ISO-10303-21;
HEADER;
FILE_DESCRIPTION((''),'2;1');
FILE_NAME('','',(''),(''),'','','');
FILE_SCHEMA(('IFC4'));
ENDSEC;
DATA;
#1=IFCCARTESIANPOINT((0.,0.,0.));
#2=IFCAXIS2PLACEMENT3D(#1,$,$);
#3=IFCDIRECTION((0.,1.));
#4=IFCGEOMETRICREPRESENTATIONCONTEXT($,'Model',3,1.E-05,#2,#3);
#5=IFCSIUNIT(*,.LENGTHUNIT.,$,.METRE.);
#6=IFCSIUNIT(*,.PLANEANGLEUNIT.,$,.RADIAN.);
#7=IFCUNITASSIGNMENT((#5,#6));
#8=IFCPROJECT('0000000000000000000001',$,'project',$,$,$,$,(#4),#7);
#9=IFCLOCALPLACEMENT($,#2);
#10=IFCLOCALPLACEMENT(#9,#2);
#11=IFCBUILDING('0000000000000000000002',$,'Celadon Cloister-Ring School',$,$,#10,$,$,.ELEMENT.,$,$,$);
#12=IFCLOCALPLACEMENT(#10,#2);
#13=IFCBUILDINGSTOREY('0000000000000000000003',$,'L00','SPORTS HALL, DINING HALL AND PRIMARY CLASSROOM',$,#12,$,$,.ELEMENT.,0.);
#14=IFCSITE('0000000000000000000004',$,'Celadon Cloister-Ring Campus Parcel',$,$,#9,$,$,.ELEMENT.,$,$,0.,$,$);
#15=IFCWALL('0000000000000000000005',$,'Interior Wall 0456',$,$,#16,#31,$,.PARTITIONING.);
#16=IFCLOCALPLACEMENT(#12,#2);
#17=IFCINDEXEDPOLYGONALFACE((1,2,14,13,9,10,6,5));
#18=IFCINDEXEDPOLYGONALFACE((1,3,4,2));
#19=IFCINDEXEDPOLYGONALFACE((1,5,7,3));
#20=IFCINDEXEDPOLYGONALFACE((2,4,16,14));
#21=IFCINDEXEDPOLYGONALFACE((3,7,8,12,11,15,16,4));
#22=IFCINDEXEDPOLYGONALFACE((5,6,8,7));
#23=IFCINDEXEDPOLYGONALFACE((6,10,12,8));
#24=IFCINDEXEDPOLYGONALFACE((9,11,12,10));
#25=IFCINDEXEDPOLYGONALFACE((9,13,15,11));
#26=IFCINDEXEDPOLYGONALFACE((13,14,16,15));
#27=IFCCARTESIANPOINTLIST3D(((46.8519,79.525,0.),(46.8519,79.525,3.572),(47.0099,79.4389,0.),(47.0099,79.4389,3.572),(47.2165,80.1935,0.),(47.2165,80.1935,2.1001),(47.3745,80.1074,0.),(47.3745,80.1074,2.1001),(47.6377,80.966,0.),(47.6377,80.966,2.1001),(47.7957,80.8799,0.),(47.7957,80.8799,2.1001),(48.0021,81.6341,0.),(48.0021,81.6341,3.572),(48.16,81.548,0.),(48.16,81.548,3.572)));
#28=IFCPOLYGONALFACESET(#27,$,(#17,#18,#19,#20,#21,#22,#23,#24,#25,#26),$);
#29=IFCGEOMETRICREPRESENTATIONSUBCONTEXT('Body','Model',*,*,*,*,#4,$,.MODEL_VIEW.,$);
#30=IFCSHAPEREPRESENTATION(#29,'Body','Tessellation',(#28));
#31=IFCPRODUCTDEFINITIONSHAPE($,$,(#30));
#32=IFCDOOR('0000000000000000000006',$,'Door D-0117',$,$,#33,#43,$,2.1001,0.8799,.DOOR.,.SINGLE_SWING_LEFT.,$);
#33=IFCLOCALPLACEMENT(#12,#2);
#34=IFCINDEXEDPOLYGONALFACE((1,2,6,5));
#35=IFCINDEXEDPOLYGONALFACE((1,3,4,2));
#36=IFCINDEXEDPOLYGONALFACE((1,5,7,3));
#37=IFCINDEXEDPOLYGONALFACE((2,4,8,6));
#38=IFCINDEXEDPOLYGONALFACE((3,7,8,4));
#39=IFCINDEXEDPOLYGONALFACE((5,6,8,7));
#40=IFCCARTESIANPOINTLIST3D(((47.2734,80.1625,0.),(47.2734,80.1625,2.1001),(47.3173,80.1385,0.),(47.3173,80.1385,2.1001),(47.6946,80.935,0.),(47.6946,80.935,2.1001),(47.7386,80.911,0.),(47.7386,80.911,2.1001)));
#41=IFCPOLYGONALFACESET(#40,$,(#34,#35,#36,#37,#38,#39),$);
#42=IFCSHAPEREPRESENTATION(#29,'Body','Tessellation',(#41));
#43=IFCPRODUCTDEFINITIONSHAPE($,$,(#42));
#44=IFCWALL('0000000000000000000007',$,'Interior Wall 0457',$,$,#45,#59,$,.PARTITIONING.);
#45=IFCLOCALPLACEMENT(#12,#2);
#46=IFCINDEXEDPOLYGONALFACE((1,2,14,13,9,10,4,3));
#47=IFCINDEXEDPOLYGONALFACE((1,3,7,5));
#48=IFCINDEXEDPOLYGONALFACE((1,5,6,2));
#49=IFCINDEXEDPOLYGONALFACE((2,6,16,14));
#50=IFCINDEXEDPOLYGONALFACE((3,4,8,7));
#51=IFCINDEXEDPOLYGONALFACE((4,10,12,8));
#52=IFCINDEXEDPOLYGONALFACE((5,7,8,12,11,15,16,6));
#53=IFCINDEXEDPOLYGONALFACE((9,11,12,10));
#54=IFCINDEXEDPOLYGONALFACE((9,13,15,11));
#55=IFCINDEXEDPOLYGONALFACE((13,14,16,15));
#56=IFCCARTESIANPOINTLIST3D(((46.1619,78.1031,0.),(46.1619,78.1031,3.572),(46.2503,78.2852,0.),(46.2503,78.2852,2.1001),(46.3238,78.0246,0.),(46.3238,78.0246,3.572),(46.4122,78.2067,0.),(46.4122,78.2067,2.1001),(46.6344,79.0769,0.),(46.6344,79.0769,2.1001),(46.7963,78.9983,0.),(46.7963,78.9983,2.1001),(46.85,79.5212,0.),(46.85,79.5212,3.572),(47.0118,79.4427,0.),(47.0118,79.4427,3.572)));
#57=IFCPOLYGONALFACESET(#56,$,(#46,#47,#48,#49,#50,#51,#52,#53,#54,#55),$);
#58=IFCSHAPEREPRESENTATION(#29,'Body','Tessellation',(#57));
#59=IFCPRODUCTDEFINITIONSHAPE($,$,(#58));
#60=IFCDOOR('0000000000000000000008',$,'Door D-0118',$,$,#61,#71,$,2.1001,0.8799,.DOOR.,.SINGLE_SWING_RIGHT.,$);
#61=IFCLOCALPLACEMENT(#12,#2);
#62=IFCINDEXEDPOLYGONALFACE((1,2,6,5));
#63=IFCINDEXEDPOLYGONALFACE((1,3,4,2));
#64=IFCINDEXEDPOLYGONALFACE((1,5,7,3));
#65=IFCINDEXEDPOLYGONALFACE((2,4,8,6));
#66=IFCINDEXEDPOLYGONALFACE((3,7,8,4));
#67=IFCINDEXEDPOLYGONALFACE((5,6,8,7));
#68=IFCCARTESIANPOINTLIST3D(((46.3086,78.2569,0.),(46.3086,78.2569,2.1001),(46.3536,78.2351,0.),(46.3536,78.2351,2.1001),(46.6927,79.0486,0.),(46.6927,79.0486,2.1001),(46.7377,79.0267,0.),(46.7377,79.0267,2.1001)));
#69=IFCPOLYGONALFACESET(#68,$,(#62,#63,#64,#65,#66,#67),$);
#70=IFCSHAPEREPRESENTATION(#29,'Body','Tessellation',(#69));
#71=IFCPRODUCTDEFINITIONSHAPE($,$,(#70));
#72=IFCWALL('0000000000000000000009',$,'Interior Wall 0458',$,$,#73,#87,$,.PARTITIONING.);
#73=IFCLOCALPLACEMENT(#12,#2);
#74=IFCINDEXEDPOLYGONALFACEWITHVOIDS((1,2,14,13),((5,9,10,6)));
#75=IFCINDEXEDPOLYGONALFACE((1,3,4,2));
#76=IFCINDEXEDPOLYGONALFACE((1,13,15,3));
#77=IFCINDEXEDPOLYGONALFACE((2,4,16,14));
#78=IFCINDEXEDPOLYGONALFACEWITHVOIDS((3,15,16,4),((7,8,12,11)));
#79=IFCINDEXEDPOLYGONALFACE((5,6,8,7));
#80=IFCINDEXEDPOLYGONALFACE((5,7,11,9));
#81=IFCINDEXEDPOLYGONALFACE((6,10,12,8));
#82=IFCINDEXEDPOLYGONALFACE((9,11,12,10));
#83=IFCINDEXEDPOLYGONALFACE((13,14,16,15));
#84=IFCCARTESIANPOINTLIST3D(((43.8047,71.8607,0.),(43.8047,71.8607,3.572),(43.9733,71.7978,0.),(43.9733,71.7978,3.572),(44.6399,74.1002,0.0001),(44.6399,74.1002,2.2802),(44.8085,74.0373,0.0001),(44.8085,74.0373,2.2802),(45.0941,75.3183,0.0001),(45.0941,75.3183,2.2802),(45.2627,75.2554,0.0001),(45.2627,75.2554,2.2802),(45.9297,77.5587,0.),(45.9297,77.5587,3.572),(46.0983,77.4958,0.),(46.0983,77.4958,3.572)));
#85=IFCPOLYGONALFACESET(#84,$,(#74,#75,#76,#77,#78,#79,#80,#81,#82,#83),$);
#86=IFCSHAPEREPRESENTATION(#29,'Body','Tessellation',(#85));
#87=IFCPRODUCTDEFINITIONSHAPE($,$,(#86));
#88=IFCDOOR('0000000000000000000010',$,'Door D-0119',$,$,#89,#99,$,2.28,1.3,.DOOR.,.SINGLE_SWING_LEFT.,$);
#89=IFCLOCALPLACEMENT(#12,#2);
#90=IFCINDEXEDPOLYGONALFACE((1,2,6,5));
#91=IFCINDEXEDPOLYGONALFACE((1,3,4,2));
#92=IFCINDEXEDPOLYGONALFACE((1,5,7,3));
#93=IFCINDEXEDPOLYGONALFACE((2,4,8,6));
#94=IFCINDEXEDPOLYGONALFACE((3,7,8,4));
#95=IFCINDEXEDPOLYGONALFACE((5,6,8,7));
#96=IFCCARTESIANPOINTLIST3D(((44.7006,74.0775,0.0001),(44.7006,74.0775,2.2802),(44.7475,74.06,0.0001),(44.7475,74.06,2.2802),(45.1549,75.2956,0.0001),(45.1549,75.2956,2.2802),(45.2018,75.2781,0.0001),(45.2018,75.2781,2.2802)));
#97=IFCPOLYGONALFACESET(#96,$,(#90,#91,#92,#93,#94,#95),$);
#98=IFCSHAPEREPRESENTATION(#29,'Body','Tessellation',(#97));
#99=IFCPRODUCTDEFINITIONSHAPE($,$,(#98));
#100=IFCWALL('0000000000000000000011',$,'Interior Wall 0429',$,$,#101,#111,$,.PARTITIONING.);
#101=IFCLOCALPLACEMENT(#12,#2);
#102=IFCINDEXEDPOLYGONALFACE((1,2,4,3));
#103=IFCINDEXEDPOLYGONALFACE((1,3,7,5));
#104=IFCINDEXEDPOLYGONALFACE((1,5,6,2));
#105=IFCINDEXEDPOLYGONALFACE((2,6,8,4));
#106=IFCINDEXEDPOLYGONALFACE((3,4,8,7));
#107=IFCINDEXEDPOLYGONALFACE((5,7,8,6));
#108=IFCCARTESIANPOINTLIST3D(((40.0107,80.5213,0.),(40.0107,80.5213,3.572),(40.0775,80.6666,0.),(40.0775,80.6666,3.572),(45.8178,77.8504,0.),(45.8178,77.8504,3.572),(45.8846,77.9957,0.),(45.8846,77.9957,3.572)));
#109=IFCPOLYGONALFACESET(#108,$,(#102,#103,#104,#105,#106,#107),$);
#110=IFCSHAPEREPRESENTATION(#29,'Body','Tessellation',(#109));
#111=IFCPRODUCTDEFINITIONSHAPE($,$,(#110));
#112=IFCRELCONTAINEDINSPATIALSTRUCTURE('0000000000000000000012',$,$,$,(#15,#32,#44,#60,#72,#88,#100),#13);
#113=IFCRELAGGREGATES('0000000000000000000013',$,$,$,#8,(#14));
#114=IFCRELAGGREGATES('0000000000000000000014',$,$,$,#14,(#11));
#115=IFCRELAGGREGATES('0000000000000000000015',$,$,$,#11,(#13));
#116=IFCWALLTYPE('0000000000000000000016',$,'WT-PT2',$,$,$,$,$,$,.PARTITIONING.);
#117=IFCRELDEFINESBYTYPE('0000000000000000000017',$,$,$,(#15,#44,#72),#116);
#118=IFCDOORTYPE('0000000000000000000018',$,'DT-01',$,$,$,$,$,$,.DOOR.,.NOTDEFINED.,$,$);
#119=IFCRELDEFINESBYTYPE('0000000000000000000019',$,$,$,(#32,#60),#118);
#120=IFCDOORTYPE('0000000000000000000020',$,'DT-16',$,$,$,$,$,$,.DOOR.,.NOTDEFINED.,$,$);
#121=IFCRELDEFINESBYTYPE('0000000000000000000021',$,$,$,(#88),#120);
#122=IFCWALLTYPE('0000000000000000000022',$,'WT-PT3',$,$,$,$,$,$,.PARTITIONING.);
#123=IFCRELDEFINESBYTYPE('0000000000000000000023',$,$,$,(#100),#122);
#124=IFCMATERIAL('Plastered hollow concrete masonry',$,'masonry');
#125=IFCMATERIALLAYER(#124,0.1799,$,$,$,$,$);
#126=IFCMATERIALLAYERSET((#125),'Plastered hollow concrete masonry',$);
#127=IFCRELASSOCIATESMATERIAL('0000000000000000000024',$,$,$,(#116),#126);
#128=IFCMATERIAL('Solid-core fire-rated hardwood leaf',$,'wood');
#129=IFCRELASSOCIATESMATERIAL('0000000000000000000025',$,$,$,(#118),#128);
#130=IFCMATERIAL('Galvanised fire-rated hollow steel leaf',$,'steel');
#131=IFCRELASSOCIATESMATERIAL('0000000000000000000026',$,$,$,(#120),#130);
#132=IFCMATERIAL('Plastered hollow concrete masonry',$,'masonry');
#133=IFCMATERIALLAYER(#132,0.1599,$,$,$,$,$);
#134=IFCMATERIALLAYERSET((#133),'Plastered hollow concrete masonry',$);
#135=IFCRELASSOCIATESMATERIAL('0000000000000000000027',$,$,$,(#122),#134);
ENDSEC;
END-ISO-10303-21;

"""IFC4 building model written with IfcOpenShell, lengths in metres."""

from ifc_helpers import new_model, si_unit, direction, frame, frame_2d, origin, place, context, subcontext, project, spatial, rectangle, extrude, material, layer, layer_set, type_object, element, fill, save


model = new_model("IFC4")

# Units and contexts
model_context = context("Model", 3, precision=1e-05, world=origin(), true_north=direction((0.0, 1.0)))
body_context = subcontext(model_context, "Body", "Model", "MODEL_VIEW")
ifc_project = project(units=[si_unit("LENGTHUNIT", "METRE"), si_unit("PLANEANGLEUNIT", "RADIAN")], contexts=[model_context])

# Site, building, storey
site_placement = place(None, origin())
site = spatial("IfcSite", under=ifc_project, at=site_placement, Name="Celadon Cloister-Ring Campus Parcel", CompositionType="ELEMENT", RefElevation=0.0)
building_placement = place(site_placement, origin())
building = spatial("IfcBuilding", under=site, at=building_placement, Name="Celadon Cloister-Ring School", CompositionType="ELEMENT")
storey_placement = place(building_placement, origin())
storey = spatial("IfcBuildingStorey", under=building, at=storey_placement, Name="L00", Description="SPORTS HALL, DINING HALL AND PRIMARY CLASSROOM", CompositionType="ELEMENT", Elevation=0.0)

# Shared definitions
ifc_material_1 = material(Name="Plastered hollow concrete masonry", Category="masonry")
ifc_layer_1 = layer(ifc_material_1, 0.1799)
ifc_layer_set_1 = layer_set([ifc_layer_1], Name="Plastered hollow concrete masonry")
wall_type_1 = type_object("IfcWallType", Name="WT-PT2", PredefinedType="PARTITIONING", material=ifc_layer_set_1)

# Walls, openings, doors
wall_1_placement = place(storey_placement, frame((48.0811, 81.5911, 0.0), z_axis=(0.0, 0.0, 1.0), x_axis=(-0.47876, -0.877946, 0.0)))
wall_1 = element("IfcWall", 1, at=wall_1_placement, inside=storey, type_object=wall_type_1, Name="Interior Wall 0456", PredefinedType="PARTITIONING", context=body_context, shape_type="SweptSolid", body=[
    extrude(rectangle(XDim=2.4023, YDim=0.1799, at=frame_2d((1.2012, 0.0))), origin(), (0.0, 0.0, 1.0), 3.572),
])
opening_1_placement = place(wall_1_placement, frame((0.761, 0.0, 0.0)))
opening_1 = element("IfcOpeningElement", 2, at=opening_1_placement, cuts=wall_1, PredefinedType="OPENING", context=body_context, shape_type="SweptSolid", body=[
    extrude(rectangle(XDim=0.8799, YDim=2.1001, at=frame_2d((0.4399, 1.05))), frame((0.0, 0.1001, 0.0), z_axis=(0.0, -1.0, 0.0), x_axis=(1.0, 0.0, 0.0)), (0.0, 0.0, 1.0), 0.2),
])
ifc_material_2 = material(Name="Solid-core fire-rated hardwood leaf", Category="wood")
door_type_1 = type_object("IfcDoorType", Name="DT-01", OperationType="NOTDEFINED", PredefinedType="DOOR", material=ifc_material_2)
door_1_placement = place(opening_1_placement, origin())
door_1 = element("IfcDoor", 3, at=door_1_placement, inside=storey, type_object=door_type_1, Name="Door D-0117", OperationType="SINGLE_SWING_LEFT", OverallHeight=2.1001, OverallWidth=0.8799, PredefinedType="DOOR", context=body_context, shape_type="SweptSolid", body=[
    extrude(rectangle(XDim=0.8799, YDim=2.1001, at=frame_2d((0.4399, 1.05))), frame((0.0, 0.0249, 0.0), z_axis=(0.0, -1.0, 0.0), x_axis=(1.0, 0.0, 0.0)), (0.0, 0.0, 1.0), 0.05),
])
fill(opening_1, door_1)
wall_2_placement = place(storey_placement, frame((46.9309, 79.4819, 0.0), z_axis=(0.0, 0.0, 1.0), x_axis=(-0.436524, -0.899692, 0.0)))
wall_2 = element("IfcWall", 4, at=wall_2_placement, inside=storey, type_object=wall_type_1, Name="Interior Wall 0457", PredefinedType="PARTITIONING", context=body_context, shape_type="SweptSolid", body=[
    extrude(rectangle(XDim=1.5762, YDim=0.1799, at=frame_2d((0.7881, 0.0))), origin(), (0.0, 0.0, 1.0), 3.572),
])
opening_2_placement = place(wall_2_placement, frame((0.4939, 0.0, 0.0)))
opening_2 = element("IfcOpeningElement", 5, at=opening_2_placement, cuts=wall_2, PredefinedType="OPENING", context=body_context, shape_type="SweptSolid", body=[
    extrude(rectangle(XDim=0.8799, YDim=2.1001, at=frame_2d((0.4399, 1.05))), frame((0.0, 0.1001, 0.0), z_axis=(0.0, -1.0, 0.0), x_axis=(1.0, 0.0, 0.0)), (0.0, 0.0, 1.0), 0.2),
])
door_2_placement = place(opening_2_placement, origin())
door_2 = element("IfcDoor", 6, at=door_2_placement, inside=storey, type_object=door_type_1, Name="Door D-0118", OperationType="SINGLE_SWING_RIGHT", OverallHeight=2.1001, OverallWidth=0.8799, PredefinedType="DOOR", context=body_context, shape_type="SweptSolid", body=[
    extrude(rectangle(XDim=0.8799, YDim=2.1001, at=frame_2d((0.4399, 1.05))), frame((0.0, 0.0249, 0.0), z_axis=(0.0, -1.0, 0.0), x_axis=(1.0, 0.0, 0.0)), (0.0, 0.0, 1.0), 0.05),
])
fill(opening_2, door_2)
wall_3_placement = place(storey_placement, frame((46.0139, 77.5271, 0.0), z_axis=(0.0, 0.0, 1.0), x_axis=(-0.349429, -0.936963, 0.0)))
wall_3 = element("IfcWall", 7, at=wall_3_placement, inside=storey, type_object=wall_type_1, Name="Interior Wall 0458", PredefinedType="PARTITIONING", context=body_context, shape_type="SweptSolid", body=[
    extrude(rectangle(XDim=6.0813, YDim=0.1799, at=frame_2d((3.0405, 0.0))), origin(), (0.0, 0.0, 1.0), 3.572),
])
opening_3_placement = place(wall_3_placement, frame((2.3911, 0.0, 0.0)))
opening_3 = element("IfcOpeningElement", 8, at=opening_3_placement, cuts=wall_3, PredefinedType="OPENING", context=body_context, shape_type="SweptSolid", body=[
    extrude(rectangle(XDim=1.3, YDim=2.28, at=frame_2d((0.6499, 1.1401))), frame((0.0, 0.1001, 0.0), z_axis=(0.0, -1.0, 0.0), x_axis=(1.0, 0.0, 0.0)), (0.0, 0.0, 1.0), 0.2),
])
ifc_material_3 = material(Name="Galvanised fire-rated hollow steel leaf", Category="steel")
door_type_2 = type_object("IfcDoorType", Name="DT-16", OperationType="NOTDEFINED", PredefinedType="DOOR", material=ifc_material_3)
door_3_placement = place(opening_3_placement, origin())
door_3 = element("IfcDoor", 9, at=door_3_placement, inside=storey, type_object=door_type_2, Name="Door D-0119", OperationType="SINGLE_SWING_LEFT", OverallHeight=2.28, OverallWidth=1.3, PredefinedType="DOOR", context=body_context, shape_type="SweptSolid", body=[
    extrude(rectangle(XDim=1.3, YDim=2.28, at=frame_2d((0.6499, 1.1401))), frame((0.0, 0.0249, 0.0), z_axis=(0.0, -1.0, 0.0), x_axis=(1.0, 0.0, 0.0)), (0.0, 0.0, 1.0), 0.05),
])
fill(opening_3, door_3)

# Wall
ifc_material_4 = material(Name="Plastered hollow concrete masonry", Category="masonry")
ifc_layer_2 = layer(ifc_material_4, 0.1599)
ifc_layer_set_2 = layer_set([ifc_layer_2], Name="Plastered hollow concrete masonry")
wall_type_2 = type_object("IfcWallType", Name="WT-PT3", PredefinedType="PARTITIONING", material=ifc_layer_set_2)
wall_4_placement = place(storey_placement, frame((45.8511, 77.9231, 0.0), z_axis=(0.0, 0.0, 1.0), x_axis=(-0.908513, 0.417856, 0.0)))
element("IfcWall", 10, at=wall_4_placement, inside=storey, type_object=wall_type_2, Name="Interior Wall 0429", PredefinedType="PARTITIONING", context=body_context, shape_type="SweptSolid", body=[
    extrude(rectangle(XDim=6.3918, YDim=0.1599, at=frame_2d((3.1958, 0.0))), origin(), (0.0, 0.0, 1.0), 3.572),
])

save(model, "model.ifc")
